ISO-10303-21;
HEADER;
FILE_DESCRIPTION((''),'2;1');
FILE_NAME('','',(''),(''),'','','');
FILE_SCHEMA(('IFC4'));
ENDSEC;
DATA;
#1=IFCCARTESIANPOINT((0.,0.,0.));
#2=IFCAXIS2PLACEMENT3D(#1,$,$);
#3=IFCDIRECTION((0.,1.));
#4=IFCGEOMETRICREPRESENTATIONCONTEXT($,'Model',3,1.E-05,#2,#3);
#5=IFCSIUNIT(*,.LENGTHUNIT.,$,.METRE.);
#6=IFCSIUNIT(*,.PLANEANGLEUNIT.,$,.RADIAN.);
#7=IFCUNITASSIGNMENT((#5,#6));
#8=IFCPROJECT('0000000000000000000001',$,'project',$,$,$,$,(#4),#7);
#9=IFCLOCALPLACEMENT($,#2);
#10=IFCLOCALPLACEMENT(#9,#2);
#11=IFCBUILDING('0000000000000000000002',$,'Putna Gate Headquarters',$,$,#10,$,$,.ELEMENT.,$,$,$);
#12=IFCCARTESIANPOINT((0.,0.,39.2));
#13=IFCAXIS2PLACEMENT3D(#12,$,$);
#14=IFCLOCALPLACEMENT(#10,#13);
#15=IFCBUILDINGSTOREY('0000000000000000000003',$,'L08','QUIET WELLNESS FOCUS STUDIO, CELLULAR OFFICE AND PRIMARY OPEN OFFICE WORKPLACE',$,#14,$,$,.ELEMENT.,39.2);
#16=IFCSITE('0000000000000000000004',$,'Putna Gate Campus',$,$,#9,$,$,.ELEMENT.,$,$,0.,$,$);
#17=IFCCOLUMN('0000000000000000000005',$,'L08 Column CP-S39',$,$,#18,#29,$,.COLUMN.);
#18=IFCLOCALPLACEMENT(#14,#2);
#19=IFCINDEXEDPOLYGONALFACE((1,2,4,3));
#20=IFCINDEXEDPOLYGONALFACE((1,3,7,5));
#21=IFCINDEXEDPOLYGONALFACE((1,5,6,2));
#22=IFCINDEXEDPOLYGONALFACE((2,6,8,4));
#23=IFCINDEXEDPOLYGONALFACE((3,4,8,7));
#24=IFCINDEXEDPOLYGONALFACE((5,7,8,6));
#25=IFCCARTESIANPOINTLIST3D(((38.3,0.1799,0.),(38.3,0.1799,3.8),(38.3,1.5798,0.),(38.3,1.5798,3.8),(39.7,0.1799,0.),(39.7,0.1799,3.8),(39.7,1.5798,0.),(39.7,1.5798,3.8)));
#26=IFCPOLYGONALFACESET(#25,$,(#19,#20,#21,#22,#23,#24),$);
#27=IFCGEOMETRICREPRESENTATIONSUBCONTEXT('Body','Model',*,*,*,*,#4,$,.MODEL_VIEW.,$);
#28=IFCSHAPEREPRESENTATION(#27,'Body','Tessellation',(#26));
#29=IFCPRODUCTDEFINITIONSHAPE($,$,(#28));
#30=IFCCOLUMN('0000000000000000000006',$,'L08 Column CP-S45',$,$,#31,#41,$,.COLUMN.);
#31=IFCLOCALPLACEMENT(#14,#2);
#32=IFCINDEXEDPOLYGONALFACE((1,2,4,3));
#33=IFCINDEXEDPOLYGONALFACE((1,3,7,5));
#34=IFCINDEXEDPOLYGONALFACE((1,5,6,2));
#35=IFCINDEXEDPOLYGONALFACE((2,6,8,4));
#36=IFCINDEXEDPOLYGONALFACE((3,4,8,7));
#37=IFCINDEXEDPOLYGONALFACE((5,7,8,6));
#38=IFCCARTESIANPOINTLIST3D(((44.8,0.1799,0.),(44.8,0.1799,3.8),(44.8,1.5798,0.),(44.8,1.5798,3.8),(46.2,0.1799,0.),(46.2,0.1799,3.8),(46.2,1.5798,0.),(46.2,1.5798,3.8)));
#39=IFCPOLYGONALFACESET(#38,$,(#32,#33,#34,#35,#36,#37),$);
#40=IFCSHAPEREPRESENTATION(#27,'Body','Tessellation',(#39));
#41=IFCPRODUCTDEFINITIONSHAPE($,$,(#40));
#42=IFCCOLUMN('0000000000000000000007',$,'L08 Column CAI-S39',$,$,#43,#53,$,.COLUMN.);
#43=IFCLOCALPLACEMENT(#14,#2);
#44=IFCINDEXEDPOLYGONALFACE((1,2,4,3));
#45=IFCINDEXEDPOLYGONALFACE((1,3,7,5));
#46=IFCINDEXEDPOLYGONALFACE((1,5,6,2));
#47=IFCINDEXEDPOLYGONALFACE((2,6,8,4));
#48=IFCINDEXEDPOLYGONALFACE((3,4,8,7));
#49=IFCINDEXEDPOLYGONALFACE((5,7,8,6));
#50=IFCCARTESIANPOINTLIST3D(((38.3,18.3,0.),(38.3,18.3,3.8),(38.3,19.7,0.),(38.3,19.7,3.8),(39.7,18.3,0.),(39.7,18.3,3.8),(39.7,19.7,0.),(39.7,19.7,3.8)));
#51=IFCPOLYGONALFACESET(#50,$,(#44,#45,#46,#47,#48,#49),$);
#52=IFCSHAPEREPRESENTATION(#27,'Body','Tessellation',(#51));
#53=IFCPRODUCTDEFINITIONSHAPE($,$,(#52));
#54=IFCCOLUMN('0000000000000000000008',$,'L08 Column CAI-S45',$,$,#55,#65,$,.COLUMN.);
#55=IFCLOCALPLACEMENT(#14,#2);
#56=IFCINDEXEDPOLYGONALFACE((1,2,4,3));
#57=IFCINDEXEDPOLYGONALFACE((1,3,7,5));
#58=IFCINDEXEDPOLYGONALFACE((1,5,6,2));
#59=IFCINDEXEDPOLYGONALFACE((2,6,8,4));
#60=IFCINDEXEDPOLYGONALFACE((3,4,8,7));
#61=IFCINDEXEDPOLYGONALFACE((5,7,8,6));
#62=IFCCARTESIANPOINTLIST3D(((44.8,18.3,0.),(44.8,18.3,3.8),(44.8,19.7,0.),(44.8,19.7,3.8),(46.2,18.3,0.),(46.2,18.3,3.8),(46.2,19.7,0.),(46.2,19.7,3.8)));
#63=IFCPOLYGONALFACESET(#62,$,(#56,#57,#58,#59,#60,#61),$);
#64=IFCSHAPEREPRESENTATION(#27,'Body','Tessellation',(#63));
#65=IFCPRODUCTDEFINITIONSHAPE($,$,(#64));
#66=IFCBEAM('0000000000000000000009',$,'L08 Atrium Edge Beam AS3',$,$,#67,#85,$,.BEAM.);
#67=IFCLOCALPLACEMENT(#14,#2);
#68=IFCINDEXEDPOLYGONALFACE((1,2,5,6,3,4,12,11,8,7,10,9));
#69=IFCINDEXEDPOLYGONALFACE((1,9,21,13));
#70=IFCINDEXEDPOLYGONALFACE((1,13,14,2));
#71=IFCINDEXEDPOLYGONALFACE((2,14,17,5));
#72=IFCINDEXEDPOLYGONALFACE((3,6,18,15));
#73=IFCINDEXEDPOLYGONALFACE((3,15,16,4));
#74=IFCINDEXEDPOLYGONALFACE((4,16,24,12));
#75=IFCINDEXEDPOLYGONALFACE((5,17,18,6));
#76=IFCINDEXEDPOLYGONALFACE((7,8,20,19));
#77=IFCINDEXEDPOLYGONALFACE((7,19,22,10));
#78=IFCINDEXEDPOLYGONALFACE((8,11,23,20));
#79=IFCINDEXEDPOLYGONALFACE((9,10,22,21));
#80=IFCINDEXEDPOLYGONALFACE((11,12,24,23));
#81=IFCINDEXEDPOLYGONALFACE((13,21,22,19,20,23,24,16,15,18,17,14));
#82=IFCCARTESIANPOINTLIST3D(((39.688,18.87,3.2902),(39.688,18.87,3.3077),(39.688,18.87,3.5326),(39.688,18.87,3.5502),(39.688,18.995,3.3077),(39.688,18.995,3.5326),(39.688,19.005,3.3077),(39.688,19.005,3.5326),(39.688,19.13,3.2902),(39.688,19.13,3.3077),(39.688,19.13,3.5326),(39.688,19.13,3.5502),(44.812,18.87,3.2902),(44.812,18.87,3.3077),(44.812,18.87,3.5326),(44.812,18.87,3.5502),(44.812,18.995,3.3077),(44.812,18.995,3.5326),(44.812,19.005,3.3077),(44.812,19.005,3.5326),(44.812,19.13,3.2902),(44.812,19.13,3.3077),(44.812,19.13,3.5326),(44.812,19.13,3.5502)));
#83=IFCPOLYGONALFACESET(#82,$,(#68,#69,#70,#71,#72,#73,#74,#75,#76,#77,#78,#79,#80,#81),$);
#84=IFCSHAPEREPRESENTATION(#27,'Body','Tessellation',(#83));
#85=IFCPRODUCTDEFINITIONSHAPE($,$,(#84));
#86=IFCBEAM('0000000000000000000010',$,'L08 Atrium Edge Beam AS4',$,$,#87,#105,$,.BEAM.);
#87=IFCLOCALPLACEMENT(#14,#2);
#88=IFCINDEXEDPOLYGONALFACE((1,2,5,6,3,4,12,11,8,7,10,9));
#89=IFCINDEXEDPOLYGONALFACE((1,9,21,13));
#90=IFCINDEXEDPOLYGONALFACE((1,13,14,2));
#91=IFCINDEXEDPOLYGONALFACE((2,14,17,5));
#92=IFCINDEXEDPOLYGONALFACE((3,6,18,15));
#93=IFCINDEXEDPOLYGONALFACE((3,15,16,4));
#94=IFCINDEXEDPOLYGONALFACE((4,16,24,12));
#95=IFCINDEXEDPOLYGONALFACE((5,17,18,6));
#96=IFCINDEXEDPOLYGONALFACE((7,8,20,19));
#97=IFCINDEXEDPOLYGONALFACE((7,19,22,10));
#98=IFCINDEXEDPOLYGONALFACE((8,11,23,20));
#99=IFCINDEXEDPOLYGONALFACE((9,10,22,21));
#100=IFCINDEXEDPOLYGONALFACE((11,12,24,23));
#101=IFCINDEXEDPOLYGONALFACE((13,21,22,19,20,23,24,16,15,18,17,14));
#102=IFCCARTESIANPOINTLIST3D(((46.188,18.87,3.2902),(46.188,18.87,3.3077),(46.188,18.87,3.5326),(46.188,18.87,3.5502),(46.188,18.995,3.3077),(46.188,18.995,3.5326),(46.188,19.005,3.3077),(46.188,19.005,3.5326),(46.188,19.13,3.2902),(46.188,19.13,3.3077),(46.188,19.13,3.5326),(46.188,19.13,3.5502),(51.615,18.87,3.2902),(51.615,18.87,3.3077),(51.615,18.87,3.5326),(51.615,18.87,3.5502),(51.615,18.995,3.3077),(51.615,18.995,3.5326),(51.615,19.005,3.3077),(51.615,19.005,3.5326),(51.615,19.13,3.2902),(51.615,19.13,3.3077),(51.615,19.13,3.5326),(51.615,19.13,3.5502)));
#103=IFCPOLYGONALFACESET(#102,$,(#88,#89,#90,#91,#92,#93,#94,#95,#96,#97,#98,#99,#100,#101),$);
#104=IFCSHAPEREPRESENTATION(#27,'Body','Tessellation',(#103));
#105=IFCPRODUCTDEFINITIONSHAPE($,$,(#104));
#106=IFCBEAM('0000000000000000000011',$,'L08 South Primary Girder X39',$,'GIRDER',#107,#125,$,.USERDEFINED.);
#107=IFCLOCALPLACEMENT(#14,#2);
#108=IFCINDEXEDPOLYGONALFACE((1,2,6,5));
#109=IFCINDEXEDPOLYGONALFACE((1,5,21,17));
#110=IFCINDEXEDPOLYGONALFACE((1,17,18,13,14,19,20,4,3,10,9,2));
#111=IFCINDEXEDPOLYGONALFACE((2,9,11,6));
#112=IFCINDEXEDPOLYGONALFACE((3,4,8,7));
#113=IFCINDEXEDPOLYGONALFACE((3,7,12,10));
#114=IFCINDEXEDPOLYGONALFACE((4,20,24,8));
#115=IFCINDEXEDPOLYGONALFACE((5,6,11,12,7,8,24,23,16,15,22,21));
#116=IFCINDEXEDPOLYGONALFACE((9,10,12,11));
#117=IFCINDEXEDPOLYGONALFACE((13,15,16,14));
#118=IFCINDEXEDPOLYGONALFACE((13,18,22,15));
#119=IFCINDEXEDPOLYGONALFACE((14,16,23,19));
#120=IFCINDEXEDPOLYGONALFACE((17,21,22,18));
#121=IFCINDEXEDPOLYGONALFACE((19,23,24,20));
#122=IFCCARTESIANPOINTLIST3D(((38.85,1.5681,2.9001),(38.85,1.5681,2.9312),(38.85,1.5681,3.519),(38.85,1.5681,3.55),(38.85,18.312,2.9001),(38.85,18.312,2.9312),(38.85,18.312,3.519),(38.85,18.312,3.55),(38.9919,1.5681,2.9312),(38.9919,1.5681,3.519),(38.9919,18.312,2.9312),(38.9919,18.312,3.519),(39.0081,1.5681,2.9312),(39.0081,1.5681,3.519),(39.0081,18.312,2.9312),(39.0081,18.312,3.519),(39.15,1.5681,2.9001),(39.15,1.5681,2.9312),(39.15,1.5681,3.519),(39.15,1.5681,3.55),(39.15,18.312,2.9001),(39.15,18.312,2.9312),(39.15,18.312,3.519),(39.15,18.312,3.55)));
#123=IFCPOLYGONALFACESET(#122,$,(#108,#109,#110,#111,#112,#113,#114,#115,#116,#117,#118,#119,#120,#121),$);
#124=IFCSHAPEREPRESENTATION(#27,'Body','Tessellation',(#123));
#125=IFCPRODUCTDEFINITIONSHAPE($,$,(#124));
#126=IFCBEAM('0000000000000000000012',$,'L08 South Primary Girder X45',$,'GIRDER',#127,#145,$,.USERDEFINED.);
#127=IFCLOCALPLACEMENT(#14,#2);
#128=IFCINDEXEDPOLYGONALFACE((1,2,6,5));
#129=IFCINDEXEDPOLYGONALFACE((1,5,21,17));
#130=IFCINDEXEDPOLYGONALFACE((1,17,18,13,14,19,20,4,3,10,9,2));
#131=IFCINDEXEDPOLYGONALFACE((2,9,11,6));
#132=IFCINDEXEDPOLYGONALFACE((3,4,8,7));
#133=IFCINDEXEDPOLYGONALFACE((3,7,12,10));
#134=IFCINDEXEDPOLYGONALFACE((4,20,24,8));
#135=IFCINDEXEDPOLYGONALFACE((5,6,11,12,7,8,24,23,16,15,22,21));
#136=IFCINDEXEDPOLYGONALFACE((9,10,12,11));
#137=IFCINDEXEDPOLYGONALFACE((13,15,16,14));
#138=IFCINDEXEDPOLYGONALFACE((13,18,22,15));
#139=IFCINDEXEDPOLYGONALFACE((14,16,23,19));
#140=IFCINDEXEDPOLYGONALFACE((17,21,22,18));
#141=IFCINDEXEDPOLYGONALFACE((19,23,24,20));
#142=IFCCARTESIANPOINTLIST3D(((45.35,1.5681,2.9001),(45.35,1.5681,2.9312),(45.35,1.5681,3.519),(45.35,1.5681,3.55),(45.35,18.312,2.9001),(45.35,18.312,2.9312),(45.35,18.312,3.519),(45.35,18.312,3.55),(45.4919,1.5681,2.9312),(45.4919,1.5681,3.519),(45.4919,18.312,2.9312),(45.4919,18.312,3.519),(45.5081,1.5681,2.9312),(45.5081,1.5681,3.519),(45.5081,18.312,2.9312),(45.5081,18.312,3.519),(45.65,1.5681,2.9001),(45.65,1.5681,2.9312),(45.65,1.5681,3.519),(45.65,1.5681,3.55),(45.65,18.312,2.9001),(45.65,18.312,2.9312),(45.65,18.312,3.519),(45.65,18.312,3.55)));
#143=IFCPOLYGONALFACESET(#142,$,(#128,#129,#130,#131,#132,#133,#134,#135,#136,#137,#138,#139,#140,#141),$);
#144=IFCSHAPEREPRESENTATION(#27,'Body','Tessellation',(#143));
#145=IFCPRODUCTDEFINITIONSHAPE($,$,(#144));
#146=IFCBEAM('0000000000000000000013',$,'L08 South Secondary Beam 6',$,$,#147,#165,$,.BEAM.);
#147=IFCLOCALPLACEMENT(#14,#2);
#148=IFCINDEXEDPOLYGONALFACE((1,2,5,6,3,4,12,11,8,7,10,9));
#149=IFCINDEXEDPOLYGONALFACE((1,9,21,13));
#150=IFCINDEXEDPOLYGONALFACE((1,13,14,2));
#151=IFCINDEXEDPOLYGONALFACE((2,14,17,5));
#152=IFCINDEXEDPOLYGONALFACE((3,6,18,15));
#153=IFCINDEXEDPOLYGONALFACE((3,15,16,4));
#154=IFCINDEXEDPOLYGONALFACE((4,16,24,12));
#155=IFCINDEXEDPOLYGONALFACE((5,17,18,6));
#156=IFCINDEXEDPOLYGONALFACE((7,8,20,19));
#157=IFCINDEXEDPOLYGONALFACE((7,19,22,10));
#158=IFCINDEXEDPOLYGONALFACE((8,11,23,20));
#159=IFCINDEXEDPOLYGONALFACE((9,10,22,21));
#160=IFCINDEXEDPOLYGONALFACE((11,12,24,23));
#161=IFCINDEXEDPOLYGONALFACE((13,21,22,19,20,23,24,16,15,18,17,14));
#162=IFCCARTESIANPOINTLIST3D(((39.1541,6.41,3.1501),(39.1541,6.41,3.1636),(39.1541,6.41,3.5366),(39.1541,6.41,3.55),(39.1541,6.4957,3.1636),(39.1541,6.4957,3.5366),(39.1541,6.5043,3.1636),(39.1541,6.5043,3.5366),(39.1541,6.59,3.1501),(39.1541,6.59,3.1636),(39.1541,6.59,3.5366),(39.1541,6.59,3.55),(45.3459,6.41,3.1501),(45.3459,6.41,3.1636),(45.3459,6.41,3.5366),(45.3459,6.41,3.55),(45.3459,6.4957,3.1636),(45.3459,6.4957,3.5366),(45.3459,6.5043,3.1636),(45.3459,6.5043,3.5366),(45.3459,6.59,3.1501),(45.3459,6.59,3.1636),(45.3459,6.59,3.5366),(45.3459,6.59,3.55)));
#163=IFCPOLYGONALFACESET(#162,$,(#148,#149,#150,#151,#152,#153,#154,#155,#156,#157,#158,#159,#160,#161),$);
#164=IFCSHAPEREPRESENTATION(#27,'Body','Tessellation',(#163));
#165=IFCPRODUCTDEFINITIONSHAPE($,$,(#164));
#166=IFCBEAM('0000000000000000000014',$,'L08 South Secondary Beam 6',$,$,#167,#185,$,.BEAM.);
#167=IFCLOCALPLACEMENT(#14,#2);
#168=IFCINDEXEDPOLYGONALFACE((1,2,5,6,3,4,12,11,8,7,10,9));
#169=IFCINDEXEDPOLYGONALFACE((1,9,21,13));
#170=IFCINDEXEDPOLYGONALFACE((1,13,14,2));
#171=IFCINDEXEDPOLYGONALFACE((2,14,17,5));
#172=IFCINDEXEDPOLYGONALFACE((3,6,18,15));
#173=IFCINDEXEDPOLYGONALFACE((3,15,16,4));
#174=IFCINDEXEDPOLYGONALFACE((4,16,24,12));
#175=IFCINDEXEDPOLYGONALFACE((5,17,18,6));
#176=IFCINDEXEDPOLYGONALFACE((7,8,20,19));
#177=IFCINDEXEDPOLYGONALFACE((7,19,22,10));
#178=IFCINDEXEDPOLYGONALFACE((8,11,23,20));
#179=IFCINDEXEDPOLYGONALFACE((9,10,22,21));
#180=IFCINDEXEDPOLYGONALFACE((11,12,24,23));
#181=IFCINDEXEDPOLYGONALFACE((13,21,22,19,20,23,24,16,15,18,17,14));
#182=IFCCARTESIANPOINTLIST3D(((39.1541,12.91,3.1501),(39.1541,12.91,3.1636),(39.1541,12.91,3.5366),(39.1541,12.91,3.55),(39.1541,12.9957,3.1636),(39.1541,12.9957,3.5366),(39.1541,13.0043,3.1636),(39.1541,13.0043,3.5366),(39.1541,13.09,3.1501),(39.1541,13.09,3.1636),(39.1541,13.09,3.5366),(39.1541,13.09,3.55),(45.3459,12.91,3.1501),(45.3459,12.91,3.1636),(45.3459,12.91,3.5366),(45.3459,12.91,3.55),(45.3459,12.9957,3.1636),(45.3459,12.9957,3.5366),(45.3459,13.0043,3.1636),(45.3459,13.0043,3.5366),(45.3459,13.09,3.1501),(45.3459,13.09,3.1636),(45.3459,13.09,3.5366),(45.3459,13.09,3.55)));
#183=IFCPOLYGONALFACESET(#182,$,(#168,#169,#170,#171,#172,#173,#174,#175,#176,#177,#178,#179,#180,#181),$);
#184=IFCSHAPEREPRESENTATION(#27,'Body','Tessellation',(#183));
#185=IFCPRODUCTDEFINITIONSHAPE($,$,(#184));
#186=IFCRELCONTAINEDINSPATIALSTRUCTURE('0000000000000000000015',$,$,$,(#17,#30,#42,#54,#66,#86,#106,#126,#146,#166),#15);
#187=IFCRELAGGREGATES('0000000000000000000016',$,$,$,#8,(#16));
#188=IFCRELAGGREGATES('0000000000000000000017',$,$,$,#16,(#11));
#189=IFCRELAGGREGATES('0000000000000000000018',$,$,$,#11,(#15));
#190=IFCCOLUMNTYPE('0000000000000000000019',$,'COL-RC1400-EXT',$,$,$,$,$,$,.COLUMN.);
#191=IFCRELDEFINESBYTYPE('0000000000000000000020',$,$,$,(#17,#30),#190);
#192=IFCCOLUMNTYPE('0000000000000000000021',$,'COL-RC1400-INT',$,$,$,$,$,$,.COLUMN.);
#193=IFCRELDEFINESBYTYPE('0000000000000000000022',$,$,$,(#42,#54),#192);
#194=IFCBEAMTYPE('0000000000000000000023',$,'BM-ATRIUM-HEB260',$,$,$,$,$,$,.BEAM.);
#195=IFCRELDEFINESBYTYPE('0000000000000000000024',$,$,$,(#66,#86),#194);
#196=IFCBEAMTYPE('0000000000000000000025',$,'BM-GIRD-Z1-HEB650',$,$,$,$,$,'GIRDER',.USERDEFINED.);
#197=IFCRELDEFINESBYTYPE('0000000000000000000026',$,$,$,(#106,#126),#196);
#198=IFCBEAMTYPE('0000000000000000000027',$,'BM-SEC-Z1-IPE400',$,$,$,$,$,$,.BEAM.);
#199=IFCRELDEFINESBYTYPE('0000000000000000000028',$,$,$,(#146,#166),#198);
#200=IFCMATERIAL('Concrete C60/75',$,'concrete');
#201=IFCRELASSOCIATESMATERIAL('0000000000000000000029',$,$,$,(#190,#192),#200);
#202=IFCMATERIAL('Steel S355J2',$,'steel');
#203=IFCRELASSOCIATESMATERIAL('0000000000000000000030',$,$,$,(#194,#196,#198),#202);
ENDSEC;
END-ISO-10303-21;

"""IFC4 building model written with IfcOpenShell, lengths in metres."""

from ifc_helpers import new_model, si_unit, direction, frame, origin, origin_2d, place, context, subcontext, project, spatial, rectangle, i_section, extrude, material, material_profile, profile_set, type_object, element, save


model = new_model("IFC4")

# Units and contexts
model_context = context("Model", 3, precision=1e-05, world=origin(), true_north=direction((0.0, 1.0)))
body_context = subcontext(model_context, "Body", "Model", "MODEL_VIEW")
ifc_project = project(units=[si_unit("LENGTHUNIT", "METRE"), si_unit("PLANEANGLEUNIT", "RADIAN")], contexts=[model_context])

# Site, building, storey
site_placement = place(None, origin())
site = spatial("IfcSite", under=ifc_project, at=site_placement, Name="Putna Gate Campus", CompositionType="ELEMENT", RefElevation=0.0)
building_placement = place(site_placement, origin())
building = spatial("IfcBuilding", under=site, at=building_placement, Name="Putna Gate Headquarters", CompositionType="ELEMENT")
storey_placement = place(building_placement, frame((0.0, 0.0, 39.2)))
storey = spatial("IfcBuildingStorey", under=building, at=storey_placement, Name="L08", Description="QUIET WELLNESS FOCUS STUDIO, CELLULAR OFFICE AND PRIMARY OPEN OFFICE WORKPLACE", CompositionType="ELEMENT", Elevation=39.2)

# Columns
ifc_material_1 = material(Name="Concrete C60/75", Category="concrete")
ifc_material_profile_1 = material_profile(ifc_material_1, rectangle(XDim=1.3999, YDim=1.3999, at=origin_2d()), Name="Concrete C60/75")
ifc_profile_set_1 = profile_set([ifc_material_profile_1], Name="Concrete C60/75")
column_type_1 = type_object("IfcColumnType", Name="COL-RC1400-EXT", PredefinedType="COLUMN", material=ifc_profile_set_1)
for number, where, z_axis, x_axis, name in (
    (1, (39.0, 0.8799, 0.0), (0.0, 0.0, 1.0), (1.0, 0.0, 0.0), "L08 Column CP-S39"),
    (2, (45.5, 0.8799, 0.0), (0.0, 0.0, 1.0), (1.0, 0.0, 0.0), "L08 Column CP-S45"),
):
    element("IfcColumn", number, at=place(storey_placement, frame(where, z_axis=z_axis, x_axis=x_axis)), inside=storey, type_object=column_type_1, Name=name, PredefinedType="COLUMN", context=body_context, shape_type="SweptSolid", body=[
        extrude(rectangle(XDim=1.3999, YDim=1.3999, at=origin_2d()), origin(), (0.0, 0.0, 1.0), 3.8),
    ])
ifc_material_profile_2 = material_profile(ifc_material_1, rectangle(XDim=1.3999, YDim=1.3999, at=origin_2d()), Name="Concrete C60/75")
ifc_profile_set_2 = profile_set([ifc_material_profile_2], Name="Concrete C60/75")
column_type_2 = type_object("IfcColumnType", Name="COL-RC1400-INT", PredefinedType="COLUMN", material=ifc_profile_set_2)
for number, where, z_axis, x_axis, name in (
    (3, (39.0, 19.0, 0.0), (0.0, 0.0, 1.0), (1.0, 0.0, 0.0), "L08 Column CAI-S39"),
    (4, (45.5, 19.0, 0.0), (0.0, 0.0, 1.0), (1.0, 0.0, 0.0), "L08 Column CAI-S45"),
):
    element("IfcColumn", number, at=place(storey_placement, frame(where, z_axis=z_axis, x_axis=x_axis)), inside=storey, type_object=column_type_2, Name=name, PredefinedType="COLUMN", context=body_context, shape_type="SweptSolid", body=[
        extrude(rectangle(XDim=1.3999, YDim=1.3999, at=origin_2d()), origin(), (0.0, 0.0, 1.0), 3.8),
    ])

# Beams
ifc_material_2 = material(Name="Steel S355J2", Category="steel")
ifc_material_profile_3 = material_profile(ifc_material_2, i_section(OverallWidth=0.26, OverallDepth=0.26, WebThickness=0.01, FlangeThickness=0.0176, at=origin_2d()), Name="Steel S355J2")
ifc_profile_set_3 = profile_set([ifc_material_profile_3], Name="Steel S355J2")
beam_type_1 = type_object("IfcBeamType", Name="BM-ATRIUM-HEB260", PredefinedType="BEAM", material=ifc_profile_set_3)
beam_1_placement = place(storey_placement, frame((39.688, 19.0, 3.4202), z_axis=(1.0, 0.0, 0.0), x_axis=(0.0, 1.0, 0.0)))
element("IfcBeam", 5, at=beam_1_placement, inside=storey, type_object=beam_type_1, Name="L08 Atrium Edge Beam AS3", PredefinedType="BEAM", context=body_context, shape_type="SweptSolid", body=[
    extrude(i_section(OverallWidth=0.26, OverallDepth=0.26, WebThickness=0.01, FlangeThickness=0.0176, at=origin_2d()), origin(), (0.0, 0.0, 1.0), 5.124),
])
beam_2_placement = place(storey_placement, frame((46.188, 19.0, 3.4202), z_axis=(1.0, 0.0, 0.0), x_axis=(0.0, 1.0, 0.0)))
element("IfcBeam", 6, at=beam_2_placement, inside=storey, type_object=beam_type_1, Name="L08 Atrium Edge Beam AS4", PredefinedType="BEAM", context=body_context, shape_type="SweptSolid", body=[
    extrude(i_section(OverallWidth=0.26, OverallDepth=0.26, WebThickness=0.01, FlangeThickness=0.0176, at=origin_2d()), origin(), (0.0, 0.0, 1.0), 5.427),
])
ifc_material_profile_4 = material_profile(ifc_material_2, i_section(OverallWidth=0.3, OverallDepth=0.6499, WebThickness=0.0161, FlangeThickness=0.031, at=origin_2d()), Name="Steel S355J2")
ifc_profile_set_4 = profile_set([ifc_material_profile_4], Name="Steel S355J2")
beam_type_2 = type_object("IfcBeamType", Name="BM-GIRD-Z1-HEB650", ElementType="GIRDER", PredefinedType="USERDEFINED", material=ifc_profile_set_4)
for number, where, z_axis, x_axis, name in (
    (7, (39.0, 1.5681, 3.2251), (0.0, 1.0, 0.0), (-1.0, 0.0, 0.0), "L08 South Primary Girder X39"),
    (8, (45.5, 1.5681, 3.2251), (0.0, 1.0, 0.0), (-1.0, 0.0, 0.0), "L08 South Primary Girder X45"),
):
    element("IfcBeam", number, at=place(storey_placement, frame(where, z_axis=z_axis, x_axis=x_axis)), inside=storey, type_object=beam_type_2, Name=name, ObjectType="GIRDER", PredefinedType="USERDEFINED", context=body_context, shape_type="SweptSolid", body=[
        extrude(i_section(OverallWidth=0.3, OverallDepth=0.6499, WebThickness=0.0161, FlangeThickness=0.031, at=origin_2d()), origin(), (0.0, 0.0, 1.0), 16.7439),
    ])
ifc_material_profile_5 = material_profile(ifc_material_2, i_section(OverallWidth=0.1799, OverallDepth=0.3999, WebThickness=0.0085, FlangeThickness=0.0134, at=origin_2d()), Name="Steel S355J2")
ifc_profile_set_5 = profile_set([ifc_material_profile_5], Name="Steel S355J2")
beam_type_3 = type_object("IfcBeamType", Name="BM-SEC-Z1-IPE400", PredefinedType="BEAM", material=ifc_profile_set_5)
for number, where, z_axis, x_axis, name in (
    (9, (39.1541, 6.5, 3.3501), (1.0, 0.0, 0.0), (0.0, 1.0, 0.0), "L08 South Secondary Beam 6"),
    (10, (39.1541, 13.0, 3.3501), (1.0, 0.0, 0.0), (0.0, 1.0, 0.0), "L08 South Secondary Beam 6"),
):
    element("IfcBeam", number, at=place(storey_placement, frame(where, z_axis=z_axis, x_axis=x_axis)), inside=storey, type_object=beam_type_3, Name=name, PredefinedType="BEAM", context=body_context, shape_type="SweptSolid", body=[
        extrude(i_section(OverallWidth=0.1799, OverallDepth=0.3999, WebThickness=0.0085, FlangeThickness=0.0134, at=origin_2d()), origin(), (0.0, 0.0, 1.0), 6.1919),
    ])

save(model, "model.ifc")
